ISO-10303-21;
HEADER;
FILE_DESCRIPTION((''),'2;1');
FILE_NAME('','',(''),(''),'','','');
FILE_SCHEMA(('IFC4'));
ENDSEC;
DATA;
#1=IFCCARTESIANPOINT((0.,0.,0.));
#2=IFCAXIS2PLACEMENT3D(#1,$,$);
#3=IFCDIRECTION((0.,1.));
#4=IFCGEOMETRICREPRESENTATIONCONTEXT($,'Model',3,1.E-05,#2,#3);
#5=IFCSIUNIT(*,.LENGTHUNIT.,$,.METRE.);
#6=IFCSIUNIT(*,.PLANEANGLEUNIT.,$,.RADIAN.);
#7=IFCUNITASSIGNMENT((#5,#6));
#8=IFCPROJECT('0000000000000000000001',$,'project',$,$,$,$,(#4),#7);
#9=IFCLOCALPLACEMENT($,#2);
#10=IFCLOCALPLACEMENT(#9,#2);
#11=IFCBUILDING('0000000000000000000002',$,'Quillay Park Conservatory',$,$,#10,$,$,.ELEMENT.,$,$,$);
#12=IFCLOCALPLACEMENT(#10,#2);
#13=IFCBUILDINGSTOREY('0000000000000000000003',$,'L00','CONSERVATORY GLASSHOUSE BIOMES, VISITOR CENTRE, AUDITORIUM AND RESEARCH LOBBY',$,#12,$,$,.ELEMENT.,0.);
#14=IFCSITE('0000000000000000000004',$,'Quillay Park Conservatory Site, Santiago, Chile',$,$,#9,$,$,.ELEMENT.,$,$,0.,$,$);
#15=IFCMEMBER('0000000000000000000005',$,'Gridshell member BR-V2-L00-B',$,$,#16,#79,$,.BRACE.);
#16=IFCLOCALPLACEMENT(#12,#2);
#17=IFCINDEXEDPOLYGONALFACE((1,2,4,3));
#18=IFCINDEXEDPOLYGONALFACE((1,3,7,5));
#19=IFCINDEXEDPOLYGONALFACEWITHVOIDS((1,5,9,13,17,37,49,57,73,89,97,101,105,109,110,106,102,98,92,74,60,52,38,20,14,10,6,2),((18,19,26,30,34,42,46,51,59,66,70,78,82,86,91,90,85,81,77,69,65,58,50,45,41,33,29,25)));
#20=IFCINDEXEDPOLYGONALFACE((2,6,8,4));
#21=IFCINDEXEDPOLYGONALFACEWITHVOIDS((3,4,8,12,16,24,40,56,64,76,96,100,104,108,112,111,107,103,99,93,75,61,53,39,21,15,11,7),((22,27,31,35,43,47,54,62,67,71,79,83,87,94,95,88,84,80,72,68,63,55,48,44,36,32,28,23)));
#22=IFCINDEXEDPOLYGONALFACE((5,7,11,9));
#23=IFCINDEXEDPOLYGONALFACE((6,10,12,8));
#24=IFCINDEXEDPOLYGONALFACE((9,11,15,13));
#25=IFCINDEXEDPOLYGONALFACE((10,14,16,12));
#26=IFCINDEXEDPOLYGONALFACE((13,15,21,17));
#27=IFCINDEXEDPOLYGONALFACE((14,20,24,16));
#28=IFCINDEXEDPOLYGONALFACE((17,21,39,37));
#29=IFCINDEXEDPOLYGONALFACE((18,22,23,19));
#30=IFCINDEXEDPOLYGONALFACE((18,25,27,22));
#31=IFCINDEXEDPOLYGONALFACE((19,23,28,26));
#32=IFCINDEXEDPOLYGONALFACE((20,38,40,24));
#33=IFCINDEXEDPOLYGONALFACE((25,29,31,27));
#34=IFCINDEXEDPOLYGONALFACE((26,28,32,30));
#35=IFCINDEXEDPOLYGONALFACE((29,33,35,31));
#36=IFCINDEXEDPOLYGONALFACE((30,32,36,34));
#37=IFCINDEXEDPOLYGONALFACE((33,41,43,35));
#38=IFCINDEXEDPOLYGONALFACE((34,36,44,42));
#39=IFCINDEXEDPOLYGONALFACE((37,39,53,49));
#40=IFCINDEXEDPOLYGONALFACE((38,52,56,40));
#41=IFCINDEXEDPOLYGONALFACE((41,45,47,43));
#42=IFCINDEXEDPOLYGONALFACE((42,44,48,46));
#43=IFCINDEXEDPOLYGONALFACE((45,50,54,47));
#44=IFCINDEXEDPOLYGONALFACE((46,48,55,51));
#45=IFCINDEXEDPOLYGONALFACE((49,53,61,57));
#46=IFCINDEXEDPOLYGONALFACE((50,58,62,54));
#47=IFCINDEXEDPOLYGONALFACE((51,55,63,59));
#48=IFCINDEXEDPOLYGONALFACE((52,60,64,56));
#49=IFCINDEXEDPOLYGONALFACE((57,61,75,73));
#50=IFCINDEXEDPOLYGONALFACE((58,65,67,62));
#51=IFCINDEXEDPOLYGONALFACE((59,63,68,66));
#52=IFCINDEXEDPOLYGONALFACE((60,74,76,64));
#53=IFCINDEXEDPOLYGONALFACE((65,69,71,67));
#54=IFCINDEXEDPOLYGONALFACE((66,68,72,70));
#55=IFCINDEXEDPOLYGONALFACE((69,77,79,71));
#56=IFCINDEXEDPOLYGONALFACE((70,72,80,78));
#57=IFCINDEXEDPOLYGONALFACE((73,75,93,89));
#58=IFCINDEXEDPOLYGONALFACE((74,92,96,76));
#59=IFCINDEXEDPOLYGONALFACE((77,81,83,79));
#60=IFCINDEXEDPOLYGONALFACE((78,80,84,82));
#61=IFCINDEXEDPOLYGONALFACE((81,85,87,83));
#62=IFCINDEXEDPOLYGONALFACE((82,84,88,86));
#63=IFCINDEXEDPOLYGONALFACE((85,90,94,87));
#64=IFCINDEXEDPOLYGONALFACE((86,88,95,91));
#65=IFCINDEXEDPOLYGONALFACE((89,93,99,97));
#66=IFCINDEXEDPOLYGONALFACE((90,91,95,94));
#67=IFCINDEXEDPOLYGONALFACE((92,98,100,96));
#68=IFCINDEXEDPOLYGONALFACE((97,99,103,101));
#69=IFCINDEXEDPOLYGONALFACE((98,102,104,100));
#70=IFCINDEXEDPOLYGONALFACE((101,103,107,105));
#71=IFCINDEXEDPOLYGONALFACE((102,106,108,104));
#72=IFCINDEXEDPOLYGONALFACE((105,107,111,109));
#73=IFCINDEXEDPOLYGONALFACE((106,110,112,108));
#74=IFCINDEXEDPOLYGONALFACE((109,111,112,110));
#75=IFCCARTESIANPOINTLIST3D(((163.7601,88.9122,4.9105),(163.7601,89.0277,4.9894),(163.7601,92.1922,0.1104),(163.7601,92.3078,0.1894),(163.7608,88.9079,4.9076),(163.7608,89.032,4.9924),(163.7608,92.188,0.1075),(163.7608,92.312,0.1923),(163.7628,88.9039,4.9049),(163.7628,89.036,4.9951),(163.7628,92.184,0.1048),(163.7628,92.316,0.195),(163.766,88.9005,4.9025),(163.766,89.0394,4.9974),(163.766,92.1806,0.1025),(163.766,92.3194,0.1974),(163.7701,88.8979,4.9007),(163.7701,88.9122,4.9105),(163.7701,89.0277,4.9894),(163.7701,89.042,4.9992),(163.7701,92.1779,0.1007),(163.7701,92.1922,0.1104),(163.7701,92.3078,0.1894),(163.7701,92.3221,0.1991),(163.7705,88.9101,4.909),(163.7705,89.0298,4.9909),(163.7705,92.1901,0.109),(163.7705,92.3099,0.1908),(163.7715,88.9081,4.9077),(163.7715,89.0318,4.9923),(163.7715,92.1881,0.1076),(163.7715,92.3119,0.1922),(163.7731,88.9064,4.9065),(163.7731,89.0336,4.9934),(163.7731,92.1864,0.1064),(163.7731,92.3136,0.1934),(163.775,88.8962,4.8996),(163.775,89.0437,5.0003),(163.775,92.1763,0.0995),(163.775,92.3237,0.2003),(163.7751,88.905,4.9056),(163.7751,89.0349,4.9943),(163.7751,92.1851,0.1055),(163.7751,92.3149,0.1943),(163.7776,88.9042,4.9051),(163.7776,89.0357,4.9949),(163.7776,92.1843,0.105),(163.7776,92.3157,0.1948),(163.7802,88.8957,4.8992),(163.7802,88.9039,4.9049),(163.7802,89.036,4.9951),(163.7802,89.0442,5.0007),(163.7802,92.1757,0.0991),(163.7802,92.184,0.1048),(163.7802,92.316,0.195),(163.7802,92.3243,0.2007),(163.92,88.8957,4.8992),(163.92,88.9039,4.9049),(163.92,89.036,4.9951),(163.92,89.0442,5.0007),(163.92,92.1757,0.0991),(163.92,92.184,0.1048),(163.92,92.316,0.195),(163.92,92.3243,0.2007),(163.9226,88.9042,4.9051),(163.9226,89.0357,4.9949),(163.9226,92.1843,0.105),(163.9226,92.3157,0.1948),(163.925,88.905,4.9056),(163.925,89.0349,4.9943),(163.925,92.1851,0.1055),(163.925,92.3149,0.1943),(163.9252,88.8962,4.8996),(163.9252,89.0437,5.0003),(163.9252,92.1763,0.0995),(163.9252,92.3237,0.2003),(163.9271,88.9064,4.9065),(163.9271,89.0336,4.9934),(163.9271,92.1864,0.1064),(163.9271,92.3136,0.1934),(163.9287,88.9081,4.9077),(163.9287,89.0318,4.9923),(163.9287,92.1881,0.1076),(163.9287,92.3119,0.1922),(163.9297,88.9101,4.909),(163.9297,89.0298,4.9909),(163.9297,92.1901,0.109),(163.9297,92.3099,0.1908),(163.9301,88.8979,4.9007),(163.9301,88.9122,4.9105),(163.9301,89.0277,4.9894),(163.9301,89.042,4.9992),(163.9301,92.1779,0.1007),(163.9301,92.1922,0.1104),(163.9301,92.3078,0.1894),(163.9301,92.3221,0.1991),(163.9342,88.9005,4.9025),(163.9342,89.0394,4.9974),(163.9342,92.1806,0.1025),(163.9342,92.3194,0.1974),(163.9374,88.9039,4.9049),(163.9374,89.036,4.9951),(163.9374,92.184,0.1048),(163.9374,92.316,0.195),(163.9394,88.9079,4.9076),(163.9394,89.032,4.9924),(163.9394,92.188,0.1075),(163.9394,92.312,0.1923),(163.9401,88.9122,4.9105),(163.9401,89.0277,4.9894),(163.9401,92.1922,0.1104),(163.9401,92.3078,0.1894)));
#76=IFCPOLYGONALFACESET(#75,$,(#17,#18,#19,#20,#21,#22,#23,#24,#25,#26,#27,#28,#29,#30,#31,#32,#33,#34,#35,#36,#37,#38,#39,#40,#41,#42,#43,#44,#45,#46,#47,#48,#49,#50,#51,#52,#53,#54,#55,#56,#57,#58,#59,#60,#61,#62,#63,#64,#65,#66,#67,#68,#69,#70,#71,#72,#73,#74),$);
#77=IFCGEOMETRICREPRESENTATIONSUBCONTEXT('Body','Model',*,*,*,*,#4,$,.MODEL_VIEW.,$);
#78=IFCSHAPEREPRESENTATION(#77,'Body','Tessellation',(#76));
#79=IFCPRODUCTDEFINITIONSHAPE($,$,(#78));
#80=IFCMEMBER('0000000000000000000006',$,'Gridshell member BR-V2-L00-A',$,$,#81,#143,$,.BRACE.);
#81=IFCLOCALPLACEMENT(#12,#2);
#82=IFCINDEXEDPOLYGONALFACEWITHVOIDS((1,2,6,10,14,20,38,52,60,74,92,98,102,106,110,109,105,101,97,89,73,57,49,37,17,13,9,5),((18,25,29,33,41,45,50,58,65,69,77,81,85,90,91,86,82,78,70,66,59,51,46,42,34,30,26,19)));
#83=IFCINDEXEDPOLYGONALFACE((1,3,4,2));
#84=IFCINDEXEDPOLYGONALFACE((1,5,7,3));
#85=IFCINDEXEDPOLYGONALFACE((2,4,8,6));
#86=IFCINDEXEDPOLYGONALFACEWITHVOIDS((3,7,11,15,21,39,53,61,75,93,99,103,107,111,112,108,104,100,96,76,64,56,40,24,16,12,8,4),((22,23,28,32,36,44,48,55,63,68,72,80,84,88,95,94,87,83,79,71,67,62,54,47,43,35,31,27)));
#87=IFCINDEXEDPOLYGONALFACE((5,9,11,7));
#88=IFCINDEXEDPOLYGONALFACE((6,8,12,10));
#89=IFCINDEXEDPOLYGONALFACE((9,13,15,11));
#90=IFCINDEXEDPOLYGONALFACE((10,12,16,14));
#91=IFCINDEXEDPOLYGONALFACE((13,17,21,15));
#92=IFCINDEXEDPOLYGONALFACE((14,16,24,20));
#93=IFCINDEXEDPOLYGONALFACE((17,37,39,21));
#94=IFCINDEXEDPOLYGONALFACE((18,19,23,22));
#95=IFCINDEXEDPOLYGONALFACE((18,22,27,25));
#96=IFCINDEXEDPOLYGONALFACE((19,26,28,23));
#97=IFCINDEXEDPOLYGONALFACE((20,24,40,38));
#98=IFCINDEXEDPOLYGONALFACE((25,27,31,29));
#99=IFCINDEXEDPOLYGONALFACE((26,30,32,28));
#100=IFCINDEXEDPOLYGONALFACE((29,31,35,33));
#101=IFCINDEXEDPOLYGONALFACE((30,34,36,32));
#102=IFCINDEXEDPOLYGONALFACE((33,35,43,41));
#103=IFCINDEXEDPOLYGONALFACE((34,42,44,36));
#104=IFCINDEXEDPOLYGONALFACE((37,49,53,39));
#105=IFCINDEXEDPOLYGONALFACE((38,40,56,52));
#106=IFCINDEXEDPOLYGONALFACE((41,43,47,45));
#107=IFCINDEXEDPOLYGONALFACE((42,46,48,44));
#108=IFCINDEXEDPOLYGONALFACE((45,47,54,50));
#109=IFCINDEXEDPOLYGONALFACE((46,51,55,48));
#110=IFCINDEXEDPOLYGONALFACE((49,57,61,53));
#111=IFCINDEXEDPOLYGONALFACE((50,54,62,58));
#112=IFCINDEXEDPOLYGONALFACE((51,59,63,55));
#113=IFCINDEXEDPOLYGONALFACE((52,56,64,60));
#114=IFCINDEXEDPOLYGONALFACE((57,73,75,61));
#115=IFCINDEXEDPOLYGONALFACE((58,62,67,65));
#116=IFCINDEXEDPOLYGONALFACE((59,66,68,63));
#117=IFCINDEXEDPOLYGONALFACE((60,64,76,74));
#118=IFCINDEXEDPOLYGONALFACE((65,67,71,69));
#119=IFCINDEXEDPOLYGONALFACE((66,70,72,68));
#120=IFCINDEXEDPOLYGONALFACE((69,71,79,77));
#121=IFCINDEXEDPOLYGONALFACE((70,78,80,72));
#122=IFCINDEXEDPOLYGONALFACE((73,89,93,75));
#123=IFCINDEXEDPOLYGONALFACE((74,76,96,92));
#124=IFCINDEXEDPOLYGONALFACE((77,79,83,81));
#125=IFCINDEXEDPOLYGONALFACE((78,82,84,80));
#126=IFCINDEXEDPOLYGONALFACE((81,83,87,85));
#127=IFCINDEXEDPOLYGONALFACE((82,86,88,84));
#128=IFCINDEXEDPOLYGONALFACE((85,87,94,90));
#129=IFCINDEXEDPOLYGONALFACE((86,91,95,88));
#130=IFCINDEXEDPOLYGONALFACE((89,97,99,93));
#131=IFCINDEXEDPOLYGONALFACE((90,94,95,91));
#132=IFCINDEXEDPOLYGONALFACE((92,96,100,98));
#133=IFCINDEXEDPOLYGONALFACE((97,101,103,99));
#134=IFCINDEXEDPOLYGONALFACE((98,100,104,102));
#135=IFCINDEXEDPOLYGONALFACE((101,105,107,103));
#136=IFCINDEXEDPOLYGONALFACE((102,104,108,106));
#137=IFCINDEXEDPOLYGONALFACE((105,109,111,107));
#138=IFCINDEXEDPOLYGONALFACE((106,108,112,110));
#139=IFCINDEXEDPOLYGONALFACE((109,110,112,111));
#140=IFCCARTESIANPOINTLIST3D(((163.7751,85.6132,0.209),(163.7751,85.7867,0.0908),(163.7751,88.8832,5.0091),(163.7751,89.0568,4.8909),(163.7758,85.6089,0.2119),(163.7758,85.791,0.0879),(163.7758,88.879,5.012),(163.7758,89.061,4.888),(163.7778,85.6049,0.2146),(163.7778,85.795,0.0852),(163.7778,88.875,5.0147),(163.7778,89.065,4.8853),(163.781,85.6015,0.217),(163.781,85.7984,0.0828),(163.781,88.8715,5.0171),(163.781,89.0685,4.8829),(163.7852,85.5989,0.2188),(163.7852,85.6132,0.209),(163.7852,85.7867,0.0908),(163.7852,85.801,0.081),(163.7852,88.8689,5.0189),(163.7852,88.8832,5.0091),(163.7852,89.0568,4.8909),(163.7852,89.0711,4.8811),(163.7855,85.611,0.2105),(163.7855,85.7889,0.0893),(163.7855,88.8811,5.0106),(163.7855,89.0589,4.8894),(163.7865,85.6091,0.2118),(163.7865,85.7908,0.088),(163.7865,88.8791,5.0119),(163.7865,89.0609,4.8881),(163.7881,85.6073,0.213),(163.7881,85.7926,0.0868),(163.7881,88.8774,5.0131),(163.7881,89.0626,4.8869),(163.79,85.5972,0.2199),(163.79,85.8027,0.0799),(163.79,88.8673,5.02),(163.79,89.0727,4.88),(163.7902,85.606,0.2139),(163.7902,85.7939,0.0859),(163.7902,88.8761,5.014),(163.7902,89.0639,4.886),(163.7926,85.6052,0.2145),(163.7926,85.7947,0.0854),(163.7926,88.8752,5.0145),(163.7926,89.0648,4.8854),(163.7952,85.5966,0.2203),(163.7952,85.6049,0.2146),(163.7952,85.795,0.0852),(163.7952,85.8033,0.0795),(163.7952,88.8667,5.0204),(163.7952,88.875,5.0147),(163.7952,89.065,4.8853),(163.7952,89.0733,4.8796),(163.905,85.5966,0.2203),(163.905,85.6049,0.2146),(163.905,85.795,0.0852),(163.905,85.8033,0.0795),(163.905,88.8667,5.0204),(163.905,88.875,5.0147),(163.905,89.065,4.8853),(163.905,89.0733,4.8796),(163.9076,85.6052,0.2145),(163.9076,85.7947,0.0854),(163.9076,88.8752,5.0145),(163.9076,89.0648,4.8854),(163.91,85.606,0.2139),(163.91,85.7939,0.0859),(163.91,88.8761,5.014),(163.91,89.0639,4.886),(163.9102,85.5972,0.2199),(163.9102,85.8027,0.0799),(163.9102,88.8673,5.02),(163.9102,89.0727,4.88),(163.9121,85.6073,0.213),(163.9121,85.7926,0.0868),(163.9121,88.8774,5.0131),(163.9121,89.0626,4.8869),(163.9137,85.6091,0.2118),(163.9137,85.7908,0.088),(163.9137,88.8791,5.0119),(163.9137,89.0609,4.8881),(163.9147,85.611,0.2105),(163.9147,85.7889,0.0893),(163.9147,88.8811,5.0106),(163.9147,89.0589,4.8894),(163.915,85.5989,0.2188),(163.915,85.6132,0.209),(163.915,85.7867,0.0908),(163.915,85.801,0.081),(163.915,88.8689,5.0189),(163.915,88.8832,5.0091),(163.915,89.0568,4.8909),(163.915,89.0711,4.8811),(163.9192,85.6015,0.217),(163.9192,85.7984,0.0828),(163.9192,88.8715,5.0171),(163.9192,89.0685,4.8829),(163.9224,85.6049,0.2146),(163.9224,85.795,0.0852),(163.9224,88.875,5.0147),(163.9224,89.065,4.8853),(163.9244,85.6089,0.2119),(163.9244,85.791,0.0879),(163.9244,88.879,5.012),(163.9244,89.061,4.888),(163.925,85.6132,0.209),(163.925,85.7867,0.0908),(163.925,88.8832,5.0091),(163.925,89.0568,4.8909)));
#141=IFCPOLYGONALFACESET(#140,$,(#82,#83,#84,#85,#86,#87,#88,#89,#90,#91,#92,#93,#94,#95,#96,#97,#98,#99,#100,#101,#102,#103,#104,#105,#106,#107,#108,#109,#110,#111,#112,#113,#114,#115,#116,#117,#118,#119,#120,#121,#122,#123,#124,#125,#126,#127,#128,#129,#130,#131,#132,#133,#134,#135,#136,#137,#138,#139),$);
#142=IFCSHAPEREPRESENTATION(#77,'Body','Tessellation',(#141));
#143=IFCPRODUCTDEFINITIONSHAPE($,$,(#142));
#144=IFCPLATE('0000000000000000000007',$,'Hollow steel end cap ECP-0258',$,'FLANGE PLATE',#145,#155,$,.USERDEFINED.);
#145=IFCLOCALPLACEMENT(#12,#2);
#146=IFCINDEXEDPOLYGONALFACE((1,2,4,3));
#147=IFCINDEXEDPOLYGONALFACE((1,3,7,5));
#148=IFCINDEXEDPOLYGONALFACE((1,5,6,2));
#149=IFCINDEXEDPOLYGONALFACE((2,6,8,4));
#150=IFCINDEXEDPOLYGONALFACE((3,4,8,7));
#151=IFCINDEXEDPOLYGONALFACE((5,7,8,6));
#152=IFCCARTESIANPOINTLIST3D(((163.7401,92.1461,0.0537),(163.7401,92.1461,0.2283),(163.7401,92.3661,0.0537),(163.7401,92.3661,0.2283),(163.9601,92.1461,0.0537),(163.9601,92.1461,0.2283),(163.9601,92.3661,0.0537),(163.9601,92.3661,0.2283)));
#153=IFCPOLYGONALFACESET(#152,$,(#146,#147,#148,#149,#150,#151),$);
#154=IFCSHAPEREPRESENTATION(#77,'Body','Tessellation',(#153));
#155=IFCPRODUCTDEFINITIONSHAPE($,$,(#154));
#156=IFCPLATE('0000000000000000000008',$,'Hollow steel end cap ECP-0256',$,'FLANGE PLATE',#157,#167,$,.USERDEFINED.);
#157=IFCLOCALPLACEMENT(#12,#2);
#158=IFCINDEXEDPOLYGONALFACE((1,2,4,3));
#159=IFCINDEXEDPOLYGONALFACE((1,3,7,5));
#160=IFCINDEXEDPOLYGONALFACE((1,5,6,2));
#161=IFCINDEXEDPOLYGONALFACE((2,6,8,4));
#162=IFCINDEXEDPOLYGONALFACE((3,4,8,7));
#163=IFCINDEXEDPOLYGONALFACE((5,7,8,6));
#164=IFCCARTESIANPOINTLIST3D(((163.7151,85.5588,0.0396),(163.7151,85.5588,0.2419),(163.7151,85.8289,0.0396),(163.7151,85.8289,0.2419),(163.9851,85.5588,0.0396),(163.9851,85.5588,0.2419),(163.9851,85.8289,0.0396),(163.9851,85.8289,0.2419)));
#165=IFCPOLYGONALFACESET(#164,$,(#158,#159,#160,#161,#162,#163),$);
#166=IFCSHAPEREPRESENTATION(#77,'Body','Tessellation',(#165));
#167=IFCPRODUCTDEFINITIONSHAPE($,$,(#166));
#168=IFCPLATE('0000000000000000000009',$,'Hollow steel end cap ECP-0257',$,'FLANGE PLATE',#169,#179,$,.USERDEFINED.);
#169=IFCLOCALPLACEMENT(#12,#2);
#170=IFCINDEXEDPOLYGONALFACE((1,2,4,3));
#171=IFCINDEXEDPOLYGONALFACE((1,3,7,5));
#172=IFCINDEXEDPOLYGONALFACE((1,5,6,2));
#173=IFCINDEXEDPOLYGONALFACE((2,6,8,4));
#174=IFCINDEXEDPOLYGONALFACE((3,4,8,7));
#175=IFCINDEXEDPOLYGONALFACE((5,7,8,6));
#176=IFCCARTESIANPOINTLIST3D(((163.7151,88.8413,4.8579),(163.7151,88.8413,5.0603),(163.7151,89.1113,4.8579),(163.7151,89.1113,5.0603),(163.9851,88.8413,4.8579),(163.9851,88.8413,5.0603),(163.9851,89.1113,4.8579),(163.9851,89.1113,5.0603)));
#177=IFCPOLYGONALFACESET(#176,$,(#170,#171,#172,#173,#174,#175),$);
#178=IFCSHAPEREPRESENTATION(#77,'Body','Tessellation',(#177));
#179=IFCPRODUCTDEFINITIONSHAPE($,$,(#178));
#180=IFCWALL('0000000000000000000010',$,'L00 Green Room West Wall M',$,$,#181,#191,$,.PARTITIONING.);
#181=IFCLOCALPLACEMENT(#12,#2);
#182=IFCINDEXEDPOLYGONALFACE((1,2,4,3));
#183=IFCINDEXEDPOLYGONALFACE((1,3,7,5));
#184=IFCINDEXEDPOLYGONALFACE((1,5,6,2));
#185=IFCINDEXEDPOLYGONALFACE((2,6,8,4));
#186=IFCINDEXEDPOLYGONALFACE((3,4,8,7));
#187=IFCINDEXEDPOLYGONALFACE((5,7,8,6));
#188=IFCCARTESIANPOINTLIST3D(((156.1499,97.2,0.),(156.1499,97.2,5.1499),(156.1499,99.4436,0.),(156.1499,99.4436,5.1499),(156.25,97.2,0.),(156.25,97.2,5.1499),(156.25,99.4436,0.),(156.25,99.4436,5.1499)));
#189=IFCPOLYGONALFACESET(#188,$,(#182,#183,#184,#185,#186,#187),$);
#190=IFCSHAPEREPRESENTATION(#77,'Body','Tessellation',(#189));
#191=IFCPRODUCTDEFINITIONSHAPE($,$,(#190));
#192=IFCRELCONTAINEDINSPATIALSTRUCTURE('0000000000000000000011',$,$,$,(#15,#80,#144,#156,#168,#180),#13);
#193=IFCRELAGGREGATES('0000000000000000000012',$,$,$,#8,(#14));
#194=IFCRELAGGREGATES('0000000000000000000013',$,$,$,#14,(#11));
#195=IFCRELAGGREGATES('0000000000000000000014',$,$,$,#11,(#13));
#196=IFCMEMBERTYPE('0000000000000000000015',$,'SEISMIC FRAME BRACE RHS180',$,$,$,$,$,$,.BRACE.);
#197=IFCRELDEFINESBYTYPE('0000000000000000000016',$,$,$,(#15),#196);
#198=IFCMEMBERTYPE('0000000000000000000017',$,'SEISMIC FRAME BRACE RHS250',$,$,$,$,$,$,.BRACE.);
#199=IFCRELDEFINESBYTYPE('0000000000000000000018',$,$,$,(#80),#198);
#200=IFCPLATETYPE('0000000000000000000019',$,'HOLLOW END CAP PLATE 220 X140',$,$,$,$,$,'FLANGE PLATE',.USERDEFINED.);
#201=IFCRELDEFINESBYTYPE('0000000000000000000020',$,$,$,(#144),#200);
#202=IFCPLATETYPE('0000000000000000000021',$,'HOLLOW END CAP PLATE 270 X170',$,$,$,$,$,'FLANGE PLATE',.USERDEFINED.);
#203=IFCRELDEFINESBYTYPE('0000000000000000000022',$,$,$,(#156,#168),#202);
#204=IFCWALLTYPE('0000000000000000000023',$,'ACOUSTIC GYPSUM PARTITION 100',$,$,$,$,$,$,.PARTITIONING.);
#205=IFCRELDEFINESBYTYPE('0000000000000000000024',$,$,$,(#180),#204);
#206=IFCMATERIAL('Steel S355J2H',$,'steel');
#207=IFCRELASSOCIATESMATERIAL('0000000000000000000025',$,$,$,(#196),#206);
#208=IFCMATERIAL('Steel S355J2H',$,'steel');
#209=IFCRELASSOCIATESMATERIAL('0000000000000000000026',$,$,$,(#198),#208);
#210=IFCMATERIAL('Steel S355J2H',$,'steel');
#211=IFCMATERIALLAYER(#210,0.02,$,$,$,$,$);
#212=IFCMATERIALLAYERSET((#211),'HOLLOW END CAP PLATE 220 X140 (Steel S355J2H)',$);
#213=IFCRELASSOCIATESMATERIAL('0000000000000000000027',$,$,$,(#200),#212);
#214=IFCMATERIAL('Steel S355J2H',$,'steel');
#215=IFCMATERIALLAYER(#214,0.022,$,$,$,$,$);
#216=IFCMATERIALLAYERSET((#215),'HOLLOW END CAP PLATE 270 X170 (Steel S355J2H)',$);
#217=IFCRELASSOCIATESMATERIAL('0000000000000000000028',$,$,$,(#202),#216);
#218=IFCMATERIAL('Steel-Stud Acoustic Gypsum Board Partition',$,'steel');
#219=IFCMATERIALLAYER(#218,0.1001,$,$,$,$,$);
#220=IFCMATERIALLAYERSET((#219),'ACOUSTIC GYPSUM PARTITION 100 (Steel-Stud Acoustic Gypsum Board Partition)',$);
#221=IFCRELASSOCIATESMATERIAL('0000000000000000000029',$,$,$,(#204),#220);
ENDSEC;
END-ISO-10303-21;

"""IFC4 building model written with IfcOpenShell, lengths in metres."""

from ifc_helpers import new_model, si_unit, direction, frame, frame_2d, origin, origin_2d, place, context, subcontext, project, spatial, rectangle, hollow_rectangle, extrude, material, layer, layer_set, material_profile, profile_set, type_object, element, save


model = new_model("IFC4")

# Units and contexts
model_context = context("Model", 3, precision=1e-05, world=origin(), true_north=direction((0.0, 1.0)))
body_context = subcontext(model_context, "Body", "Model", "MODEL_VIEW")
ifc_project = project(units=[si_unit("LENGTHUNIT", "METRE"), si_unit("PLANEANGLEUNIT", "RADIAN")], contexts=[model_context])

# Site, building, storey
site_placement = place(None, origin())
site = spatial("IfcSite", under=ifc_project, at=site_placement, Name="Quillay Park Conservatory Site, Santiago, Chile", CompositionType="ELEMENT", RefElevation=0.0)
building_placement = place(site_placement, origin())
building = spatial("IfcBuilding", under=site, at=building_placement, Name="Quillay Park Conservatory", CompositionType="ELEMENT")
storey_placement = place(building_placement, origin())
storey = spatial("IfcBuildingStorey", under=building, at=storey_placement, Name="L00", Description="CONSERVATORY GLASSHOUSE BIOMES, VISITOR CENTRE, AUDITORIUM AND RESEARCH LOBBY", CompositionType="ELEMENT", Elevation=0.0)

# Members
ifc_material_1 = material(Name="Steel S355J2H", Category="steel")
ifc_material_profile_1 = material_profile(ifc_material_1, hollow_rectangle(XDim=0.1799, YDim=0.1799, WallThickness=0.01, InnerFilletRadius=0.01, OuterFilletRadius=0.02, at=origin_2d()), Name="RHS180x180x10")
ifc_profile_set_1 = profile_set([ifc_material_profile_1], Name="Steel S355J2H")
member_type_1 = type_object("IfcMemberType", Name="SEISMIC FRAME BRACE RHS180", PredefinedType="BRACE", material=ifc_profile_set_1)
member_1_placement = place(storey_placement, frame((163.8501, 92.25, 0.1499), z_axis=(0.0, -0.56419, 0.825645), x_axis=(1.0, 0.0, 0.0)))
element("IfcMember", 1, at=member_1_placement, inside=storey, type_object=member_type_1, Name="Gridshell member BR-V2-L00-B", PredefinedType="BRACE", context=body_context, shape_type="SweptSolid", body=[
    extrude(hollow_rectangle(XDim=0.1799, YDim=0.1799, WallThickness=0.01, InnerFilletRadius=0.01, OuterFilletRadius=0.02, at=origin_2d()), origin(), (0.0, 0.0, 1.0), 5.8137),
])
ifc_material_2 = material(Name="Steel S355J2H", Category="steel")
ifc_material_profile_2 = material_profile(ifc_material_2, hollow_rectangle(XDim=0.1499, YDim=0.25, WallThickness=0.01, InnerFilletRadius=0.01, OuterFilletRadius=0.02, at=origin_2d()), Name="RHS250x150x10")
ifc_profile_set_2 = profile_set([ifc_material_profile_2], Name="Steel S355J2H")
member_type_2 = type_object("IfcMemberType", Name="SEISMIC FRAME BRACE RHS250", PredefinedType="BRACE", material=ifc_profile_set_2)
member_2_placement = place(storey_placement, frame((163.8501, 85.7, 0.1499), z_axis=(0.0, 0.563015, 0.826447), x_axis=(-1.0, 0.0, 0.0)))
element("IfcMember", 2, at=member_2_placement, inside=storey, type_object=member_type_2, Name="Gridshell member BR-V2-L00-A", PredefinedType="BRACE", context=body_context, shape_type="SweptSolid", body=[
    extrude(hollow_rectangle(XDim=0.1499, YDim=0.25, WallThickness=0.01, InnerFilletRadius=0.01, OuterFilletRadius=0.02, at=origin_2d()), origin(), (0.0, 0.0, 1.0), 5.8081),
])

# Plates
ifc_material_3 = material(Name="Steel S355J2H", Category="steel")
ifc_layer_1 = layer(ifc_material_3, 0.02)
ifc_layer_set_1 = layer_set([ifc_layer_1], Name="HOLLOW END CAP PLATE 220 X140 (Steel S355J2H)")
plate_type_1 = type_object("IfcPlateType", Name="HOLLOW END CAP PLATE 220 X140", ElementType="FLANGE PLATE", PredefinedType="USERDEFINED", material=ifc_layer_set_1)
plate_placement = place(storey_placement, frame((163.8501, 92.2561, 0.0537), z_axis=(0.0, 0.0, 1.0), x_axis=(1.0, 0.0, 0.0)))
element("IfcPlate", 3, at=plate_placement, inside=storey, type_object=plate_type_1, Name="Hollow steel end cap ECP-0258", ObjectType="FLANGE PLATE", PredefinedType="USERDEFINED", context=body_context, shape_type="SweptSolid", body=[
    extrude(rectangle(XDim=0.22, YDim=0.22, at=origin_2d()), origin(), (0.0, 0.0, 1.0), 0.1746),
])
ifc_material_4 = material(Name="Steel S355J2H", Category="steel")
ifc_layer_2 = layer(ifc_material_4, 0.022)
ifc_layer_set_2 = layer_set([ifc_layer_2], Name="HOLLOW END CAP PLATE 270 X170 (Steel S355J2H)")
plate_type_2 = type_object("IfcPlateType", Name="HOLLOW END CAP PLATE 270 X170", ElementType="FLANGE PLATE", PredefinedType="USERDEFINED", material=ifc_layer_set_2)
for number, where, z_axis, x_axis, name in (
    (4, (163.8501, 85.6938, 0.0396), (0.0, 0.0, 1.0), (1.0, 0.0, 0.0), "Hollow steel end cap ECP-0256"),
    (5, (163.8501, 88.9763, 4.8579), (0.0, 0.0, 1.0), (1.0, 0.0, 0.0), "Hollow steel end cap ECP-0257"),
):
    element("IfcPlate", number, at=place(storey_placement, frame(where, z_axis=z_axis, x_axis=x_axis)), inside=storey, type_object=plate_type_2, Name=name, ObjectType="FLANGE PLATE", PredefinedType="USERDEFINED", context=body_context, shape_type="SweptSolid", body=[
        extrude(rectangle(XDim=0.27, YDim=0.27, at=origin_2d()), origin(), (0.0, 0.0, 1.0), 0.2024),
    ])

# Wall
ifc_material_5 = material(Name="Steel-Stud Acoustic Gypsum Board Partition", Category="steel")
ifc_layer_3 = layer(ifc_material_5, 0.1001)
ifc_layer_set_3 = layer_set([ifc_layer_3], Name="ACOUSTIC GYPSUM PARTITION 100 (Steel-Stud Acoustic Gypsum Board Partition)")
wall_type_1 = type_object("IfcWallType", Name="ACOUSTIC GYPSUM PARTITION 100", PredefinedType="PARTITIONING", material=ifc_layer_set_3)
wall_1_placement = place(storey_placement, frame((156.2, 97.2, 0.0), z_axis=(0.0, 0.0, 1.0), x_axis=(0.0, 1.0, 0.0)))
element("IfcWall", 6, at=wall_1_placement, inside=storey, type_object=wall_type_1, Name="L00 Green Room West Wall M", PredefinedType="PARTITIONING", context=body_context, shape_type="SweptSolid", body=[
    extrude(rectangle(XDim=2.2437, YDim=0.1001, at=frame_2d((1.1218, 0.0))), origin(), (0.0, 0.0, 1.0), 5.1499),
])

save(model, "model.ifc")
